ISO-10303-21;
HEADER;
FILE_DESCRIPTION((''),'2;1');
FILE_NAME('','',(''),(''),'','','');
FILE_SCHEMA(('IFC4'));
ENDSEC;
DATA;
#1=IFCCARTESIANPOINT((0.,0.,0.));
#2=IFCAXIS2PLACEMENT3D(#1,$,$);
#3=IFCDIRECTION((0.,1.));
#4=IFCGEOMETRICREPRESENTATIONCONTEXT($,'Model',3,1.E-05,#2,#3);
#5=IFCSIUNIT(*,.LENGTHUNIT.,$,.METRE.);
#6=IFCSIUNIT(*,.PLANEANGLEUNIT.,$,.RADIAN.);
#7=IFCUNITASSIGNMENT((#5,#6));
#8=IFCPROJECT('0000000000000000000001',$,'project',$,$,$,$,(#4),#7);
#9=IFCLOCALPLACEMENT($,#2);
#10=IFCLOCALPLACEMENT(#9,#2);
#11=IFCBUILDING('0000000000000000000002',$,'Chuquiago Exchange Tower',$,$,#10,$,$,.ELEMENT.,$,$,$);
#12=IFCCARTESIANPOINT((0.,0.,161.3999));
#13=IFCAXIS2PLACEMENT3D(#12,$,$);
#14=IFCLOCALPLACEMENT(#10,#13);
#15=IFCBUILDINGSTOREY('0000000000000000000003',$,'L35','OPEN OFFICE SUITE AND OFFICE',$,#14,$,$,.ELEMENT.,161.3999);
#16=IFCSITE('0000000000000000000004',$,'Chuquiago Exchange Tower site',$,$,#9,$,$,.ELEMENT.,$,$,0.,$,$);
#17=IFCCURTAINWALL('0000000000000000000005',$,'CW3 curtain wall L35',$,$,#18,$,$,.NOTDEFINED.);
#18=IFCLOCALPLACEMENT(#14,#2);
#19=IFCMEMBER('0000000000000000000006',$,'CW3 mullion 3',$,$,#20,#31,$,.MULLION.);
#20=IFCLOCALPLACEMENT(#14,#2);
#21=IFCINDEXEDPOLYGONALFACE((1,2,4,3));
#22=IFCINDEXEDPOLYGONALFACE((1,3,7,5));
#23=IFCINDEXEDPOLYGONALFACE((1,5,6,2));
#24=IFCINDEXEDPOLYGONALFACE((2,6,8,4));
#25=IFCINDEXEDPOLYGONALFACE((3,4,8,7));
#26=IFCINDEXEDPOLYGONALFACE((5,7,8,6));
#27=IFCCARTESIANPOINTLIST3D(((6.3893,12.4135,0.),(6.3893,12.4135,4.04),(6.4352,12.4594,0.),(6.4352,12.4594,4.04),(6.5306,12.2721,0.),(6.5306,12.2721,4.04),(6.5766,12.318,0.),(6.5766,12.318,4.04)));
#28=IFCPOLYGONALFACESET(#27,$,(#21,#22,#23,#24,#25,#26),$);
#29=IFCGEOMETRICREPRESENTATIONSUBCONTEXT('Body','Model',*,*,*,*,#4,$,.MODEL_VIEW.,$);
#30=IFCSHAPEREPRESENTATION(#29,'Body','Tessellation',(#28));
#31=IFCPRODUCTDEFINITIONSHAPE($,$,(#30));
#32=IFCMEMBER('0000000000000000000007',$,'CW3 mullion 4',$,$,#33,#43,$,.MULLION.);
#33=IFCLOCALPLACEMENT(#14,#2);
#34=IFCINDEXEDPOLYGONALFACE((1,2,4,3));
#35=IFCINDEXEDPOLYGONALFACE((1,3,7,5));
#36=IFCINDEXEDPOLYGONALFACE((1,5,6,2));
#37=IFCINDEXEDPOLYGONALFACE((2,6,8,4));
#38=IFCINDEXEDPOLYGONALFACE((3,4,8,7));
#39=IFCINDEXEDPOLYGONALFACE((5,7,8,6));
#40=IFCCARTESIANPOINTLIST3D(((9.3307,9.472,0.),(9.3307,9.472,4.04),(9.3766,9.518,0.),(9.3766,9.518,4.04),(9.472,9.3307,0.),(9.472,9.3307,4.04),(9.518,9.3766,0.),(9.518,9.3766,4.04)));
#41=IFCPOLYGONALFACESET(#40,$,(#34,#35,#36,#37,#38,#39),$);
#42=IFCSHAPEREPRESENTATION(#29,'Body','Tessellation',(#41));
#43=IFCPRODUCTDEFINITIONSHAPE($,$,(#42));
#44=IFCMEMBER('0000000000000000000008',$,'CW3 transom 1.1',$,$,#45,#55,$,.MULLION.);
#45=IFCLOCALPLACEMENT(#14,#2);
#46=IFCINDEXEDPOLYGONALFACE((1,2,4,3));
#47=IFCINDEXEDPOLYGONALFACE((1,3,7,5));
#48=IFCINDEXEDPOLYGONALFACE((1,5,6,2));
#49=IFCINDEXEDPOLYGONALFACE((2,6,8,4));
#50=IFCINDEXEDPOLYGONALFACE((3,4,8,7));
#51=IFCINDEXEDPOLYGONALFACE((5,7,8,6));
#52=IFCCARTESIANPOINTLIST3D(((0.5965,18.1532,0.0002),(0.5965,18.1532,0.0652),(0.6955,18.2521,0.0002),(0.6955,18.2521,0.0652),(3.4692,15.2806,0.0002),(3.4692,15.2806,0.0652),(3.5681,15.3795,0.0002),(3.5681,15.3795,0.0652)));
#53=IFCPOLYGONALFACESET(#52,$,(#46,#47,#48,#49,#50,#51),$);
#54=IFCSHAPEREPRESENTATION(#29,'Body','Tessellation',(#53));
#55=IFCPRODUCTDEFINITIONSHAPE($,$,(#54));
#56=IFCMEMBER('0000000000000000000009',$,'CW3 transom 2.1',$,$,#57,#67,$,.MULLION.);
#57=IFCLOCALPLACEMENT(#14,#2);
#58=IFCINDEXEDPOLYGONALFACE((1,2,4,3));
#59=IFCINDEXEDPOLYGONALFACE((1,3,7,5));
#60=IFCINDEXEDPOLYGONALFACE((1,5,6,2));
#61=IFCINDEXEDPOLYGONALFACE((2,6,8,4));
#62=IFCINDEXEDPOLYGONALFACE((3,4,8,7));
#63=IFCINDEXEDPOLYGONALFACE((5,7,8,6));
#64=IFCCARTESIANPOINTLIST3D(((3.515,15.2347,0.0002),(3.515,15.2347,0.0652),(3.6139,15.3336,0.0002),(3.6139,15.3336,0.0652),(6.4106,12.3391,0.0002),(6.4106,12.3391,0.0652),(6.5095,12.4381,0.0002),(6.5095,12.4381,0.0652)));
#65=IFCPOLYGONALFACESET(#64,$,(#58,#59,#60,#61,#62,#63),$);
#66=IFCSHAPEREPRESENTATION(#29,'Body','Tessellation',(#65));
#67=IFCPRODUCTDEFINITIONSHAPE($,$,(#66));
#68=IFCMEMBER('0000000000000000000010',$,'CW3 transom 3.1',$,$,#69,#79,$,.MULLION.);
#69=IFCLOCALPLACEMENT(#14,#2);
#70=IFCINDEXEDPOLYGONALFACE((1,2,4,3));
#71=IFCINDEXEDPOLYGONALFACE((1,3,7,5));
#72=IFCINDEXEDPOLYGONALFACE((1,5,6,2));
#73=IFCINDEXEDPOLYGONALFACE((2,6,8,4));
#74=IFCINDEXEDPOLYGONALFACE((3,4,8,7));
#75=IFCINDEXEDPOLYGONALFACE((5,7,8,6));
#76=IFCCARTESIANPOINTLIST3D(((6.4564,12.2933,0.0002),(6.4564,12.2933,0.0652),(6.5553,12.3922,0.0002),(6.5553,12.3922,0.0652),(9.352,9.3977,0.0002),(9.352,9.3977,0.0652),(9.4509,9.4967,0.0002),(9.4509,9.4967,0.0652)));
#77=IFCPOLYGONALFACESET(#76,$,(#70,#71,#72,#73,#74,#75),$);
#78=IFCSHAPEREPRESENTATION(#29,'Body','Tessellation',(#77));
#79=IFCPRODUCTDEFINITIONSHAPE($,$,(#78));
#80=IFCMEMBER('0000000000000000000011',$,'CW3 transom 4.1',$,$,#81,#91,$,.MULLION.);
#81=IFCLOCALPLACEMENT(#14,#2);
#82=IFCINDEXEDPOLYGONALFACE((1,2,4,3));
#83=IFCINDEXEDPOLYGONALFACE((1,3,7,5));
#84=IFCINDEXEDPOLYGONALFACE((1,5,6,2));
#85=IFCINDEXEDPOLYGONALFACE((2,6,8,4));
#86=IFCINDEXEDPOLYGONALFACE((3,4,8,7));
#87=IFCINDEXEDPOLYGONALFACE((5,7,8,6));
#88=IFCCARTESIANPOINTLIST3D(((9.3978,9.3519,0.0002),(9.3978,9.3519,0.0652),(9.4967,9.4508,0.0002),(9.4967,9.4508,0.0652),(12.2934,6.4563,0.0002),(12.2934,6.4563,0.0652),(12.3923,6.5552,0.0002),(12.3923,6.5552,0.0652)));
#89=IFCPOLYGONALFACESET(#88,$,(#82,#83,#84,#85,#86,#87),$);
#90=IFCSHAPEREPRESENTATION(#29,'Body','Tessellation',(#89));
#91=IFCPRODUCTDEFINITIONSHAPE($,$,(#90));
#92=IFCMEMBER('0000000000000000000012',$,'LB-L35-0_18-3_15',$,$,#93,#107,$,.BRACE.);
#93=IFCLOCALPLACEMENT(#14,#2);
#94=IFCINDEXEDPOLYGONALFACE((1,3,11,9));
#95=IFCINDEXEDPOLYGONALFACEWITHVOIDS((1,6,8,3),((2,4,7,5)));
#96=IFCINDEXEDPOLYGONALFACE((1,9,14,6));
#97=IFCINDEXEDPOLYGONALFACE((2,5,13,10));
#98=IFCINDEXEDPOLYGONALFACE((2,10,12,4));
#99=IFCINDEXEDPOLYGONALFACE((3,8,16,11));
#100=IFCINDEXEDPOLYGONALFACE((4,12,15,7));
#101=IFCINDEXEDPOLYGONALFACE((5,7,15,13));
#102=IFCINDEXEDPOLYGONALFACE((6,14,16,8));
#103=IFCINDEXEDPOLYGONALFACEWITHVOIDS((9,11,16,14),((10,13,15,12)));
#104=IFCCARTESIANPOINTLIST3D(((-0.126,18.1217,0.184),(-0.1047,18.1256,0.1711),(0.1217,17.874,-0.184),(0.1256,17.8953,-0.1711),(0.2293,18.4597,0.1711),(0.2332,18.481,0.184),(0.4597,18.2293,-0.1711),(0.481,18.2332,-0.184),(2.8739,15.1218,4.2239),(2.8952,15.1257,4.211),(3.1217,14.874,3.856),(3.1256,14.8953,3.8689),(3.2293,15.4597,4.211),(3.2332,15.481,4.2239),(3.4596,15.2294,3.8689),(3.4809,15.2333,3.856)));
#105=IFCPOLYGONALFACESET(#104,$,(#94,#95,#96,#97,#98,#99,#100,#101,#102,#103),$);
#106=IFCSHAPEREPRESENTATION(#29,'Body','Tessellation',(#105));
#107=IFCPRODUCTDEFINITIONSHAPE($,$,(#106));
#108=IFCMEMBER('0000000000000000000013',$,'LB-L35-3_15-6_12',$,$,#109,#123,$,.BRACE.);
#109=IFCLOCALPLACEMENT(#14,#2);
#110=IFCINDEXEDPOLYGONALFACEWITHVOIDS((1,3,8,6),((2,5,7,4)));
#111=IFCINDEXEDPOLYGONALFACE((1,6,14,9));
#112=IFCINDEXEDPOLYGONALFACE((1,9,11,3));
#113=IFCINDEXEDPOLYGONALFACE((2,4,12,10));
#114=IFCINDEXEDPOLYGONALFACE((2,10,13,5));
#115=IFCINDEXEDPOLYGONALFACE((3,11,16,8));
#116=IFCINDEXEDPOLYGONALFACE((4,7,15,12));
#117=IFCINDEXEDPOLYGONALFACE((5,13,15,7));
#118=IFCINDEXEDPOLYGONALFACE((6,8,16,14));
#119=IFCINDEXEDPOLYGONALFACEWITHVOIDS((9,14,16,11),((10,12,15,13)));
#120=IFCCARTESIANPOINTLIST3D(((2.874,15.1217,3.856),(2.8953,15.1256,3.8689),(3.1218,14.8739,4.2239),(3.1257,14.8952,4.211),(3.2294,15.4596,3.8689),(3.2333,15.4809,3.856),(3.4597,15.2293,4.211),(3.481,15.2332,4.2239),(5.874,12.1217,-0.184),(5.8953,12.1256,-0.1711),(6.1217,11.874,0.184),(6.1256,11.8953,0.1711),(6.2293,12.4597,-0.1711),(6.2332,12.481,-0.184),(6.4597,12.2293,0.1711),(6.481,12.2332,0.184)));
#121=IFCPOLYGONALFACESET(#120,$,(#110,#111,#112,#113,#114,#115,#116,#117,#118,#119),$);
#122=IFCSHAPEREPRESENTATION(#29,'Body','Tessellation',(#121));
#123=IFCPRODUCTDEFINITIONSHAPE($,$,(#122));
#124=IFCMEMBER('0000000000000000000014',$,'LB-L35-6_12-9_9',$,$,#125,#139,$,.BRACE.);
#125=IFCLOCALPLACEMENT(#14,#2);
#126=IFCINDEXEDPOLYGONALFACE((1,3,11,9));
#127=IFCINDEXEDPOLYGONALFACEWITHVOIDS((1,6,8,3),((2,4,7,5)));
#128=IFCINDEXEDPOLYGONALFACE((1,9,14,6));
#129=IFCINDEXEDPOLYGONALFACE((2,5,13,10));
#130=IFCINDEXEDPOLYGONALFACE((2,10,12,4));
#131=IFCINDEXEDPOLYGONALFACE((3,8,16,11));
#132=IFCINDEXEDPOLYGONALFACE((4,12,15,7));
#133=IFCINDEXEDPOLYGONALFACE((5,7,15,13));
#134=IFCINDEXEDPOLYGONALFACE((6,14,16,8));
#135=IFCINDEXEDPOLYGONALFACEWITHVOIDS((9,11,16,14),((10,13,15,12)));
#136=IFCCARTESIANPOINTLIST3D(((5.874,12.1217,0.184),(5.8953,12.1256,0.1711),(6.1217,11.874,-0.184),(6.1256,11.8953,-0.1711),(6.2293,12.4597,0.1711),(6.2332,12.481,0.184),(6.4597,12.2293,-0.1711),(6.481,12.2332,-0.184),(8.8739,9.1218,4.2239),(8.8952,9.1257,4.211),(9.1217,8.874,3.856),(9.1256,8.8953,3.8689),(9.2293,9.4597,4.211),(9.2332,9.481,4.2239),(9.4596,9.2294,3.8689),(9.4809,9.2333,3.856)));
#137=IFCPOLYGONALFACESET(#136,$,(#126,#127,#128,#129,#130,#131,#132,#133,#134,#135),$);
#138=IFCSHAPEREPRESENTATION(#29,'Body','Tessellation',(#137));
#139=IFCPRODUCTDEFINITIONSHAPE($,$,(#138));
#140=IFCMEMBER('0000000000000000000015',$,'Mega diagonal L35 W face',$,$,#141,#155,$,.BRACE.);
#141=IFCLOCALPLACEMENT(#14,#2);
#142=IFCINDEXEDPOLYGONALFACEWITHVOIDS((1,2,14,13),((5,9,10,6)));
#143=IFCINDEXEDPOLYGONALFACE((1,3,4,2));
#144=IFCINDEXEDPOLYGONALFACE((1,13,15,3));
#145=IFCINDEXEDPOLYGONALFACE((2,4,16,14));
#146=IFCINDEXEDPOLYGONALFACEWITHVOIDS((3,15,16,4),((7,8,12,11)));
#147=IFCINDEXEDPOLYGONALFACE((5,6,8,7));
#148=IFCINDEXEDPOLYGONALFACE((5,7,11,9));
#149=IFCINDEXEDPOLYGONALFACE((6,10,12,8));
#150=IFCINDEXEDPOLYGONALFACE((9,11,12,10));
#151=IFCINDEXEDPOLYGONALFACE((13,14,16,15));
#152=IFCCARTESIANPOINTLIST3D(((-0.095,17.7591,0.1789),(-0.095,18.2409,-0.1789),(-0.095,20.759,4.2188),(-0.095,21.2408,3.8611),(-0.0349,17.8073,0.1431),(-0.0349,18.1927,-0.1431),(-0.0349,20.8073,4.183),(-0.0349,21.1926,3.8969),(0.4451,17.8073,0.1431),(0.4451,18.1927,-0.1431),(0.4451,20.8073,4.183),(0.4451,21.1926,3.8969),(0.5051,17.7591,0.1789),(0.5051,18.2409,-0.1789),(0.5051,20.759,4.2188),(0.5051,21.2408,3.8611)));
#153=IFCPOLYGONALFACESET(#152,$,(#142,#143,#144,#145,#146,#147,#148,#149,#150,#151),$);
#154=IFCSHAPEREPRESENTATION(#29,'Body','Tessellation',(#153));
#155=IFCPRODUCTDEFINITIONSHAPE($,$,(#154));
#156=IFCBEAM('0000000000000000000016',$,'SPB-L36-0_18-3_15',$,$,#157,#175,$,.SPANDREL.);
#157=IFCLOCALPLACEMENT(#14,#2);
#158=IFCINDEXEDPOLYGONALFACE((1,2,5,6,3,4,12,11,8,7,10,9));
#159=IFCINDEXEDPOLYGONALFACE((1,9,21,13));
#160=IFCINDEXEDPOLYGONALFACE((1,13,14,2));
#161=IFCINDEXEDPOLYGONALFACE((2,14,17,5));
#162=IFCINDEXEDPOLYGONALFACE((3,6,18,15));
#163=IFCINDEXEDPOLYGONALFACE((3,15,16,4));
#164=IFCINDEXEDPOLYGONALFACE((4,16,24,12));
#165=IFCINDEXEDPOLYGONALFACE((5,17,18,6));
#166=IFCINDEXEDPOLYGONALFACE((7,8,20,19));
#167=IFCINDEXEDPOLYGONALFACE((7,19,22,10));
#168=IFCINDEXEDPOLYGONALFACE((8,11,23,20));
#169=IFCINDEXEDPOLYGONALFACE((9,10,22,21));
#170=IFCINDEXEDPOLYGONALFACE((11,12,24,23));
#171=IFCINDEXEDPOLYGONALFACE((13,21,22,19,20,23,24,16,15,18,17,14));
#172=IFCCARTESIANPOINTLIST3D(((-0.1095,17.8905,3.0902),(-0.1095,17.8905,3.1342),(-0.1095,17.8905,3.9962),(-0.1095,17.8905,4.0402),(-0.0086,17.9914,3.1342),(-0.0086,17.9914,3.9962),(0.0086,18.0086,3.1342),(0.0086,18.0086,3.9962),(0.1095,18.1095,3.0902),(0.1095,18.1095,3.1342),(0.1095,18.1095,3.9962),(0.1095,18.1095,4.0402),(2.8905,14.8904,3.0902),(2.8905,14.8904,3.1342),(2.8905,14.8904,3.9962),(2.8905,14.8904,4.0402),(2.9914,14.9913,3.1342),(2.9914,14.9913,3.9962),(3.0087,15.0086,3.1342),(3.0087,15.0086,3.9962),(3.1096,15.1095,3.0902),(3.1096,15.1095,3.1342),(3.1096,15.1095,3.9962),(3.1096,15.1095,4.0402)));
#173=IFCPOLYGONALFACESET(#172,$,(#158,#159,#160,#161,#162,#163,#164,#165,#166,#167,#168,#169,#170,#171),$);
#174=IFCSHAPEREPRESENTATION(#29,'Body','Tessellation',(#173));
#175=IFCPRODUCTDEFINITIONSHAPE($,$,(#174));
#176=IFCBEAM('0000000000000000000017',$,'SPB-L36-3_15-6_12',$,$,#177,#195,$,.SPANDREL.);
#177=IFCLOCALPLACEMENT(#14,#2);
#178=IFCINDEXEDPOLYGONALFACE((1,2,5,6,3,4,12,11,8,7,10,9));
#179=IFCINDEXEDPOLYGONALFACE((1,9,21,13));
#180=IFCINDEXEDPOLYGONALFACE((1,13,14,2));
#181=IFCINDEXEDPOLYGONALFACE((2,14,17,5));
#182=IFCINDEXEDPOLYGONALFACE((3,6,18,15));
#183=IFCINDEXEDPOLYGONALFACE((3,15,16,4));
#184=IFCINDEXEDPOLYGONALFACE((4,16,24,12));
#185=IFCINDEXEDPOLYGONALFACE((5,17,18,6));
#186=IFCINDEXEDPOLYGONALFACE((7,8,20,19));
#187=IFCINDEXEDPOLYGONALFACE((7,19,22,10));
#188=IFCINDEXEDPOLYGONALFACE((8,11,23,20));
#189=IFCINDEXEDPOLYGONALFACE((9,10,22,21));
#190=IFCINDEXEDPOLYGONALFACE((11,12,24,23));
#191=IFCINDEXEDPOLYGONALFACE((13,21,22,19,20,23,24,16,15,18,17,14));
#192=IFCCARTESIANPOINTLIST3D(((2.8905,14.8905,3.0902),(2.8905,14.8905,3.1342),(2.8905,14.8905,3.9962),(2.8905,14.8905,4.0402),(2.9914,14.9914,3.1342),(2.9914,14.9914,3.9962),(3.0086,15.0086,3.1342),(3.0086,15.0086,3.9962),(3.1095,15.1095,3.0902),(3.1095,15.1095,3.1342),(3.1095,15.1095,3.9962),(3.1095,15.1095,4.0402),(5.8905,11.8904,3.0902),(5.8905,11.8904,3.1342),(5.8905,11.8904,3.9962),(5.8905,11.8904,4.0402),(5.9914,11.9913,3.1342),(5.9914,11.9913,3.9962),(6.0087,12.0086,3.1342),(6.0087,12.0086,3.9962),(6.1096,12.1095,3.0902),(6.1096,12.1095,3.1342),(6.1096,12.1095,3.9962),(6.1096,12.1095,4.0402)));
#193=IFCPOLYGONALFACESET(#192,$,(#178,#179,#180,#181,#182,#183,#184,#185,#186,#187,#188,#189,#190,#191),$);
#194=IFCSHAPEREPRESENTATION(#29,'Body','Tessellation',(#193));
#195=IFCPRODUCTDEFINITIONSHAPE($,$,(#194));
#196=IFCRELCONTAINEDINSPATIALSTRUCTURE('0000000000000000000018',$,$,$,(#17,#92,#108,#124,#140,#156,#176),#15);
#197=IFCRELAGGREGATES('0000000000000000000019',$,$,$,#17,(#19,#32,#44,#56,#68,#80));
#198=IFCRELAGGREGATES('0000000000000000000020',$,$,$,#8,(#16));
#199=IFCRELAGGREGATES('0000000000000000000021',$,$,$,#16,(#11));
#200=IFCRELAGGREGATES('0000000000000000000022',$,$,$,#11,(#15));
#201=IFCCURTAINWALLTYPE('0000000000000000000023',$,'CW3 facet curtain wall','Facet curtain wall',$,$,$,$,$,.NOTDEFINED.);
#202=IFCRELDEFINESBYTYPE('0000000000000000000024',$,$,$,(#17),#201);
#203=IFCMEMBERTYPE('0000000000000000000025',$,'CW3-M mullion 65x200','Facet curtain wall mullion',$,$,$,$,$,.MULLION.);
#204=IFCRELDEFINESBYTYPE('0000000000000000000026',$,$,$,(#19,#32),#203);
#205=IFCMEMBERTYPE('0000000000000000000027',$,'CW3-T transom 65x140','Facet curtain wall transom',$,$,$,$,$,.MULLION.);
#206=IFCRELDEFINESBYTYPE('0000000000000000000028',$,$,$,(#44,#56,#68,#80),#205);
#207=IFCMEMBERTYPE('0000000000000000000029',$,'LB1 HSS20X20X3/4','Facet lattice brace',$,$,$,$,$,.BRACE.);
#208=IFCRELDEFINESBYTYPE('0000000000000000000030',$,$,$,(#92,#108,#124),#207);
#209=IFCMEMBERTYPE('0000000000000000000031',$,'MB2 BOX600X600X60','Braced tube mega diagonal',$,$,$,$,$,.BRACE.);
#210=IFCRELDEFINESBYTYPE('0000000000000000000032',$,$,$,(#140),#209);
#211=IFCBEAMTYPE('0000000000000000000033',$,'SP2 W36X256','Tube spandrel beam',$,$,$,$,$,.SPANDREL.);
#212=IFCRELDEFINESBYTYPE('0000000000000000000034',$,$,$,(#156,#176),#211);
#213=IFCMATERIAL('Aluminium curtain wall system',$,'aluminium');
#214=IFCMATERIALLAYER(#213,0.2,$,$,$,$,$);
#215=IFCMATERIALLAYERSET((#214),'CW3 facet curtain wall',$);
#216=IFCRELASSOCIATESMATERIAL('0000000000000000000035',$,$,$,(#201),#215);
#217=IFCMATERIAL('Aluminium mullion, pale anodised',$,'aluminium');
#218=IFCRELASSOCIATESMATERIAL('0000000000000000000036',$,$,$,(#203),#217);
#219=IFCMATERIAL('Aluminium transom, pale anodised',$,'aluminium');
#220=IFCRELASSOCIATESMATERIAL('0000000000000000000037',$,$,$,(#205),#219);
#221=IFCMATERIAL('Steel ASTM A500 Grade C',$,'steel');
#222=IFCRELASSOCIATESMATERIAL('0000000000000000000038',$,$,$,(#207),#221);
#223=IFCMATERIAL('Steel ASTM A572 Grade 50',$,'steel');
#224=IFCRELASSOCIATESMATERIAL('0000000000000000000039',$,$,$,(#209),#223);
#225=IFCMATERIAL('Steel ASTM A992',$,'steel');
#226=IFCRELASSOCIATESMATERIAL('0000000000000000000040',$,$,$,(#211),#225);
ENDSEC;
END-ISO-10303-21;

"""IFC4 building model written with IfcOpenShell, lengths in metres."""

from ifc_helpers import new_model, si_unit, direction, frame, origin, origin_2d, place, context, subcontext, project, spatial, rectangle, hollow_rectangle, i_section, extrude, material, layer, layer_set, material_profile, profile_set, type_object, element, aggregate, save


model = new_model("IFC4")

# Units and contexts
model_context = context("Model", 3, precision=1e-05, world=origin(), true_north=direction((0.0, 1.0)))
body_context = subcontext(model_context, "Body", "Model", "MODEL_VIEW")
ifc_project = project(units=[si_unit("LENGTHUNIT", "METRE"), si_unit("PLANEANGLEUNIT", "RADIAN")], contexts=[model_context])

# Site, building, storey
site_placement = place(None, origin())
site = spatial("IfcSite", under=ifc_project, at=site_placement, Name="Chuquiago Exchange Tower site", CompositionType="ELEMENT", RefElevation=0.0)
building_placement = place(site_placement, origin())
building = spatial("IfcBuilding", under=site, at=building_placement, Name="Chuquiago Exchange Tower", CompositionType="ELEMENT")
storey_placement = place(building_placement, frame((0.0, 0.0, 161.3999)))
storey = spatial("IfcBuildingStorey", under=building, at=storey_placement, Name="L35", Description="OPEN OFFICE SUITE AND OFFICE", CompositionType="ELEMENT", Elevation=161.3999)

# Curtain wall, members
ifc_material_1 = material(Name="Aluminium curtain wall system", Category="aluminium")
ifc_layer_1 = layer(ifc_material_1, 0.2)
ifc_layer_set_1 = layer_set([ifc_layer_1], Name="CW3 facet curtain wall")
curtain_wall_type_1 = type_object("IfcCurtainWallType", Name="CW3 facet curtain wall", Description="Facet curtain wall", PredefinedType="NOTDEFINED", material=ifc_layer_set_1)
curtain_wall_1_placement = place(storey_placement, origin())
curtain_wall_1 = element("IfcCurtainWall", 1, at=curtain_wall_1_placement, inside=storey, type_object=curtain_wall_type_1, Name="CW3 curtain wall L35", PredefinedType="NOTDEFINED")
ifc_material_2 = material(Name="Aluminium mullion, pale anodised", Category="aluminium")
ifc_material_profile_1 = material_profile(ifc_material_2, rectangle(XDim=0.0649, YDim=0.2, at=origin_2d()), Name="AL 65x200")
ifc_profile_set_1 = profile_set([ifc_material_profile_1], Name="Aluminium mullion, pale anodised")
member_type_1 = type_object("IfcMemberType", Name="CW3-M mullion 65x200", Description="Facet curtain wall mullion", PredefinedType="MULLION", material=ifc_profile_set_1)
member_1_placement = place(storey_placement, frame((6.4829, 12.3657, 0.0), z_axis=(0.0, 0.0, 1.0), x_axis=(0.707107, 0.707107, 0.0)))
member_1 = element("IfcMember", 2, at=member_1_placement, type_object=member_type_1, Name="CW3 mullion 3", PredefinedType="MULLION", context=body_context, shape_type="SweptSolid", body=[
    extrude(rectangle(XDim=0.0649, YDim=0.2, at=origin_2d()), origin(), (0.0, 0.0, 1.0), 4.04),
])
member_2_placement = place(storey_placement, frame((9.4243, 9.4243, 0.0), z_axis=(0.0, 0.0, 1.0), x_axis=(0.707107, 0.707107, 0.0)))
member_2 = element("IfcMember", 3, at=member_2_placement, type_object=member_type_1, Name="CW3 mullion 4", PredefinedType="MULLION", context=body_context, shape_type="SweptSolid", body=[
    extrude(rectangle(XDim=0.0649, YDim=0.2, at=origin_2d()), origin(), (0.0, 0.0, 1.0), 4.04),
])
ifc_material_3 = material(Name="Aluminium transom, pale anodised", Category="aluminium")
ifc_material_profile_2 = material_profile(ifc_material_3, rectangle(XDim=0.1399, YDim=0.0649, at=origin_2d()), Name="AL 140x65")
ifc_profile_set_2 = profile_set([ifc_material_profile_2], Name="Aluminium transom, pale anodised")
member_type_2 = type_object("IfcMemberType", Name="CW3-T transom 65x140", Description="Facet curtain wall transom", PredefinedType="MULLION", material=ifc_profile_set_2)
member_3_placement = place(storey_placement, frame((0.646, 18.2026, 0.0327), z_axis=(0.707107, -0.707107, 0.0), x_axis=(0.707107, 0.707107, 0.0)))
member_3 = element("IfcMember", 4, at=member_3_placement, type_object=member_type_2, Name="CW3 transom 1.1", PredefinedType="MULLION", context=body_context, shape_type="SweptSolid", body=[
    extrude(rectangle(XDim=0.1399, YDim=0.0649, at=origin_2d()), origin(), (0.0, 0.0, 1.0), 4.0625),
])
member_4_placement = place(storey_placement, frame((3.5645, 15.2842, 0.0327), z_axis=(0.707107, -0.707107, 0.0), x_axis=(0.707107, 0.707107, 0.0)))
member_4 = element("IfcMember", 5, at=member_4_placement, type_object=member_type_2, Name="CW3 transom 2.1", PredefinedType="MULLION", context=body_context, shape_type="SweptSolid", body=[
    extrude(rectangle(XDim=0.1399, YDim=0.0649, at=origin_2d()), origin(), (0.0, 0.0, 1.0), 4.095),
])
member_5_placement = place(storey_placement, frame((6.5059, 12.3428, 0.0327), z_axis=(0.707107, -0.707107, 0.0), x_axis=(0.707107, 0.707107, 0.0)))
member_5 = element("IfcMember", 6, at=member_5_placement, type_object=member_type_2, Name="CW3 transom 3.1", PredefinedType="MULLION", context=body_context, shape_type="SweptSolid", body=[
    extrude(rectangle(XDim=0.1399, YDim=0.0649, at=origin_2d()), origin(), (0.0, 0.0, 1.0), 4.095),
])
member_6_placement = place(storey_placement, frame((9.4473, 9.4014, 0.0327), z_axis=(0.707107, -0.707107, 0.0), x_axis=(0.707107, 0.707107, 0.0)))
member_6 = element("IfcMember", 7, at=member_6_placement, type_object=member_type_2, Name="CW3 transom 4.1", PredefinedType="MULLION", context=body_context, shape_type="SweptSolid", body=[
    extrude(rectangle(XDim=0.1399, YDim=0.0649, at=origin_2d()), origin(), (0.0, 0.0, 1.0), 4.095),
])

# Members
ifc_material_4 = material(Name="Steel ASTM A500 Grade C", Category="steel")
ifc_material_profile_3 = material_profile(ifc_material_4, hollow_rectangle(XDim=0.5081, YDim=0.5081, WallThickness=0.0178, at=origin_2d()), Name="HSS20X20X3/4")
ifc_profile_set_3 = profile_set([ifc_material_profile_3], Name="Steel ASTM A500 Grade C")
member_type_3 = type_object("IfcMemberType", Name="LB1 HSS20X20X3/4", Description="Facet lattice brace", PredefinedType="BRACE", material=ifc_profile_set_3)
for number, where, z_axis, x_axis, name in (
    (8, (0.1775, 18.1775, 0.0), (0.512077, -0.512077, 0.689604), (0.707107, 0.707107, 0.0), "LB-L35-0_18-3_15"),
    (9, (6.1775, 12.1775, 0.0), (-0.512077, 0.512077, 0.689604), (-0.707107, -0.707107, 0.0), "LB-L35-3_15-6_12"),
    (10, (6.1775, 12.1775, 0.0), (0.512077, -0.512077, 0.689604), (0.707107, 0.707107, 0.0), "LB-L35-6_12-9_9"),
):
    element("IfcMember", number, at=place(storey_placement, frame(where, z_axis=z_axis, x_axis=x_axis)), inside=storey, type_object=member_type_3, Name=name, PredefinedType="BRACE", context=body_context, shape_type="SweptSolid", body=[
        extrude(hollow_rectangle(XDim=0.5081, YDim=0.5081, WallThickness=0.0178, at=origin_2d()), origin(), (0.0, 0.0, 1.0), 5.8584),
    ])
ifc_material_5 = material(Name="Steel ASTM A572 Grade 50", Category="steel")
ifc_material_profile_4 = material_profile(ifc_material_5, hollow_rectangle(XDim=0.6001, YDim=0.6001, WallThickness=0.0601, at=origin_2d()), Name="BOX600X600X60")
ifc_profile_set_4 = profile_set([ifc_material_profile_4], Name="Steel ASTM A572 Grade 50")
member_type_4 = type_object("IfcMemberType", Name="MB2 BOX600X600X60", Description="Braced tube mega diagonal", PredefinedType="BRACE", material=ifc_profile_set_4)
member_7_placement = place(storey_placement, frame((0.2051, 18.0, 0.0), z_axis=(0.0, 0.596174, 0.802855), x_axis=(-1.0, 0.0, 0.0)))
element("IfcMember", 11, at=member_7_placement, inside=storey, type_object=member_type_4, Name="Mega diagonal L35 W face", PredefinedType="BRACE", context=body_context, shape_type="SweptSolid", body=[
    extrude(hollow_rectangle(XDim=0.6001, YDim=0.6001, WallThickness=0.0601, at=origin_2d()), origin(), (0.0, 0.0, 1.0), 5.032),
])

# Beams
ifc_material_6 = material(Name="Steel ASTM A992", Category="steel")
ifc_material_profile_5 = material_profile(ifc_material_6, i_section(OverallWidth=0.3098, OverallDepth=0.95, WebThickness=0.0244, FlangeThickness=0.0439, at=origin_2d()), Name="W36X256")
ifc_profile_set_5 = profile_set([ifc_material_profile_5], Name="Steel ASTM A992")
beam_type_1 = type_object("IfcBeamType", Name="SP2 W36X256", Description="Tube spandrel beam", PredefinedType="SPANDREL", material=ifc_profile_set_5)
for number, where, z_axis, x_axis, name in (
    (12, (0.0, 18.0, 3.5652), (0.707107, -0.707107, 0.0), (0.707107, 0.707107, 0.0), "SPB-L36-0_18-3_15"),
    (13, (3.0, 15.0, 3.5652), (0.707107, -0.707107, 0.0), (0.707107, 0.707107, 0.0), "SPB-L36-3_15-6_12"),
):
    element("IfcBeam", number, at=place(storey_placement, frame(where, z_axis=z_axis, x_axis=x_axis)), inside=storey, type_object=beam_type_1, Name=name, PredefinedType="SPANDREL", context=body_context, shape_type="SweptSolid", body=[
        extrude(i_section(OverallWidth=0.3098, OverallDepth=0.95, WebThickness=0.0244, FlangeThickness=0.0439, at=origin_2d()), origin(), (0.0, 0.0, 1.0), 4.2427),
    ])

aggregate(curtain_wall_1, [member_1, member_2, member_3, member_4, member_5, member_6])

save(model, "model.ifc")
